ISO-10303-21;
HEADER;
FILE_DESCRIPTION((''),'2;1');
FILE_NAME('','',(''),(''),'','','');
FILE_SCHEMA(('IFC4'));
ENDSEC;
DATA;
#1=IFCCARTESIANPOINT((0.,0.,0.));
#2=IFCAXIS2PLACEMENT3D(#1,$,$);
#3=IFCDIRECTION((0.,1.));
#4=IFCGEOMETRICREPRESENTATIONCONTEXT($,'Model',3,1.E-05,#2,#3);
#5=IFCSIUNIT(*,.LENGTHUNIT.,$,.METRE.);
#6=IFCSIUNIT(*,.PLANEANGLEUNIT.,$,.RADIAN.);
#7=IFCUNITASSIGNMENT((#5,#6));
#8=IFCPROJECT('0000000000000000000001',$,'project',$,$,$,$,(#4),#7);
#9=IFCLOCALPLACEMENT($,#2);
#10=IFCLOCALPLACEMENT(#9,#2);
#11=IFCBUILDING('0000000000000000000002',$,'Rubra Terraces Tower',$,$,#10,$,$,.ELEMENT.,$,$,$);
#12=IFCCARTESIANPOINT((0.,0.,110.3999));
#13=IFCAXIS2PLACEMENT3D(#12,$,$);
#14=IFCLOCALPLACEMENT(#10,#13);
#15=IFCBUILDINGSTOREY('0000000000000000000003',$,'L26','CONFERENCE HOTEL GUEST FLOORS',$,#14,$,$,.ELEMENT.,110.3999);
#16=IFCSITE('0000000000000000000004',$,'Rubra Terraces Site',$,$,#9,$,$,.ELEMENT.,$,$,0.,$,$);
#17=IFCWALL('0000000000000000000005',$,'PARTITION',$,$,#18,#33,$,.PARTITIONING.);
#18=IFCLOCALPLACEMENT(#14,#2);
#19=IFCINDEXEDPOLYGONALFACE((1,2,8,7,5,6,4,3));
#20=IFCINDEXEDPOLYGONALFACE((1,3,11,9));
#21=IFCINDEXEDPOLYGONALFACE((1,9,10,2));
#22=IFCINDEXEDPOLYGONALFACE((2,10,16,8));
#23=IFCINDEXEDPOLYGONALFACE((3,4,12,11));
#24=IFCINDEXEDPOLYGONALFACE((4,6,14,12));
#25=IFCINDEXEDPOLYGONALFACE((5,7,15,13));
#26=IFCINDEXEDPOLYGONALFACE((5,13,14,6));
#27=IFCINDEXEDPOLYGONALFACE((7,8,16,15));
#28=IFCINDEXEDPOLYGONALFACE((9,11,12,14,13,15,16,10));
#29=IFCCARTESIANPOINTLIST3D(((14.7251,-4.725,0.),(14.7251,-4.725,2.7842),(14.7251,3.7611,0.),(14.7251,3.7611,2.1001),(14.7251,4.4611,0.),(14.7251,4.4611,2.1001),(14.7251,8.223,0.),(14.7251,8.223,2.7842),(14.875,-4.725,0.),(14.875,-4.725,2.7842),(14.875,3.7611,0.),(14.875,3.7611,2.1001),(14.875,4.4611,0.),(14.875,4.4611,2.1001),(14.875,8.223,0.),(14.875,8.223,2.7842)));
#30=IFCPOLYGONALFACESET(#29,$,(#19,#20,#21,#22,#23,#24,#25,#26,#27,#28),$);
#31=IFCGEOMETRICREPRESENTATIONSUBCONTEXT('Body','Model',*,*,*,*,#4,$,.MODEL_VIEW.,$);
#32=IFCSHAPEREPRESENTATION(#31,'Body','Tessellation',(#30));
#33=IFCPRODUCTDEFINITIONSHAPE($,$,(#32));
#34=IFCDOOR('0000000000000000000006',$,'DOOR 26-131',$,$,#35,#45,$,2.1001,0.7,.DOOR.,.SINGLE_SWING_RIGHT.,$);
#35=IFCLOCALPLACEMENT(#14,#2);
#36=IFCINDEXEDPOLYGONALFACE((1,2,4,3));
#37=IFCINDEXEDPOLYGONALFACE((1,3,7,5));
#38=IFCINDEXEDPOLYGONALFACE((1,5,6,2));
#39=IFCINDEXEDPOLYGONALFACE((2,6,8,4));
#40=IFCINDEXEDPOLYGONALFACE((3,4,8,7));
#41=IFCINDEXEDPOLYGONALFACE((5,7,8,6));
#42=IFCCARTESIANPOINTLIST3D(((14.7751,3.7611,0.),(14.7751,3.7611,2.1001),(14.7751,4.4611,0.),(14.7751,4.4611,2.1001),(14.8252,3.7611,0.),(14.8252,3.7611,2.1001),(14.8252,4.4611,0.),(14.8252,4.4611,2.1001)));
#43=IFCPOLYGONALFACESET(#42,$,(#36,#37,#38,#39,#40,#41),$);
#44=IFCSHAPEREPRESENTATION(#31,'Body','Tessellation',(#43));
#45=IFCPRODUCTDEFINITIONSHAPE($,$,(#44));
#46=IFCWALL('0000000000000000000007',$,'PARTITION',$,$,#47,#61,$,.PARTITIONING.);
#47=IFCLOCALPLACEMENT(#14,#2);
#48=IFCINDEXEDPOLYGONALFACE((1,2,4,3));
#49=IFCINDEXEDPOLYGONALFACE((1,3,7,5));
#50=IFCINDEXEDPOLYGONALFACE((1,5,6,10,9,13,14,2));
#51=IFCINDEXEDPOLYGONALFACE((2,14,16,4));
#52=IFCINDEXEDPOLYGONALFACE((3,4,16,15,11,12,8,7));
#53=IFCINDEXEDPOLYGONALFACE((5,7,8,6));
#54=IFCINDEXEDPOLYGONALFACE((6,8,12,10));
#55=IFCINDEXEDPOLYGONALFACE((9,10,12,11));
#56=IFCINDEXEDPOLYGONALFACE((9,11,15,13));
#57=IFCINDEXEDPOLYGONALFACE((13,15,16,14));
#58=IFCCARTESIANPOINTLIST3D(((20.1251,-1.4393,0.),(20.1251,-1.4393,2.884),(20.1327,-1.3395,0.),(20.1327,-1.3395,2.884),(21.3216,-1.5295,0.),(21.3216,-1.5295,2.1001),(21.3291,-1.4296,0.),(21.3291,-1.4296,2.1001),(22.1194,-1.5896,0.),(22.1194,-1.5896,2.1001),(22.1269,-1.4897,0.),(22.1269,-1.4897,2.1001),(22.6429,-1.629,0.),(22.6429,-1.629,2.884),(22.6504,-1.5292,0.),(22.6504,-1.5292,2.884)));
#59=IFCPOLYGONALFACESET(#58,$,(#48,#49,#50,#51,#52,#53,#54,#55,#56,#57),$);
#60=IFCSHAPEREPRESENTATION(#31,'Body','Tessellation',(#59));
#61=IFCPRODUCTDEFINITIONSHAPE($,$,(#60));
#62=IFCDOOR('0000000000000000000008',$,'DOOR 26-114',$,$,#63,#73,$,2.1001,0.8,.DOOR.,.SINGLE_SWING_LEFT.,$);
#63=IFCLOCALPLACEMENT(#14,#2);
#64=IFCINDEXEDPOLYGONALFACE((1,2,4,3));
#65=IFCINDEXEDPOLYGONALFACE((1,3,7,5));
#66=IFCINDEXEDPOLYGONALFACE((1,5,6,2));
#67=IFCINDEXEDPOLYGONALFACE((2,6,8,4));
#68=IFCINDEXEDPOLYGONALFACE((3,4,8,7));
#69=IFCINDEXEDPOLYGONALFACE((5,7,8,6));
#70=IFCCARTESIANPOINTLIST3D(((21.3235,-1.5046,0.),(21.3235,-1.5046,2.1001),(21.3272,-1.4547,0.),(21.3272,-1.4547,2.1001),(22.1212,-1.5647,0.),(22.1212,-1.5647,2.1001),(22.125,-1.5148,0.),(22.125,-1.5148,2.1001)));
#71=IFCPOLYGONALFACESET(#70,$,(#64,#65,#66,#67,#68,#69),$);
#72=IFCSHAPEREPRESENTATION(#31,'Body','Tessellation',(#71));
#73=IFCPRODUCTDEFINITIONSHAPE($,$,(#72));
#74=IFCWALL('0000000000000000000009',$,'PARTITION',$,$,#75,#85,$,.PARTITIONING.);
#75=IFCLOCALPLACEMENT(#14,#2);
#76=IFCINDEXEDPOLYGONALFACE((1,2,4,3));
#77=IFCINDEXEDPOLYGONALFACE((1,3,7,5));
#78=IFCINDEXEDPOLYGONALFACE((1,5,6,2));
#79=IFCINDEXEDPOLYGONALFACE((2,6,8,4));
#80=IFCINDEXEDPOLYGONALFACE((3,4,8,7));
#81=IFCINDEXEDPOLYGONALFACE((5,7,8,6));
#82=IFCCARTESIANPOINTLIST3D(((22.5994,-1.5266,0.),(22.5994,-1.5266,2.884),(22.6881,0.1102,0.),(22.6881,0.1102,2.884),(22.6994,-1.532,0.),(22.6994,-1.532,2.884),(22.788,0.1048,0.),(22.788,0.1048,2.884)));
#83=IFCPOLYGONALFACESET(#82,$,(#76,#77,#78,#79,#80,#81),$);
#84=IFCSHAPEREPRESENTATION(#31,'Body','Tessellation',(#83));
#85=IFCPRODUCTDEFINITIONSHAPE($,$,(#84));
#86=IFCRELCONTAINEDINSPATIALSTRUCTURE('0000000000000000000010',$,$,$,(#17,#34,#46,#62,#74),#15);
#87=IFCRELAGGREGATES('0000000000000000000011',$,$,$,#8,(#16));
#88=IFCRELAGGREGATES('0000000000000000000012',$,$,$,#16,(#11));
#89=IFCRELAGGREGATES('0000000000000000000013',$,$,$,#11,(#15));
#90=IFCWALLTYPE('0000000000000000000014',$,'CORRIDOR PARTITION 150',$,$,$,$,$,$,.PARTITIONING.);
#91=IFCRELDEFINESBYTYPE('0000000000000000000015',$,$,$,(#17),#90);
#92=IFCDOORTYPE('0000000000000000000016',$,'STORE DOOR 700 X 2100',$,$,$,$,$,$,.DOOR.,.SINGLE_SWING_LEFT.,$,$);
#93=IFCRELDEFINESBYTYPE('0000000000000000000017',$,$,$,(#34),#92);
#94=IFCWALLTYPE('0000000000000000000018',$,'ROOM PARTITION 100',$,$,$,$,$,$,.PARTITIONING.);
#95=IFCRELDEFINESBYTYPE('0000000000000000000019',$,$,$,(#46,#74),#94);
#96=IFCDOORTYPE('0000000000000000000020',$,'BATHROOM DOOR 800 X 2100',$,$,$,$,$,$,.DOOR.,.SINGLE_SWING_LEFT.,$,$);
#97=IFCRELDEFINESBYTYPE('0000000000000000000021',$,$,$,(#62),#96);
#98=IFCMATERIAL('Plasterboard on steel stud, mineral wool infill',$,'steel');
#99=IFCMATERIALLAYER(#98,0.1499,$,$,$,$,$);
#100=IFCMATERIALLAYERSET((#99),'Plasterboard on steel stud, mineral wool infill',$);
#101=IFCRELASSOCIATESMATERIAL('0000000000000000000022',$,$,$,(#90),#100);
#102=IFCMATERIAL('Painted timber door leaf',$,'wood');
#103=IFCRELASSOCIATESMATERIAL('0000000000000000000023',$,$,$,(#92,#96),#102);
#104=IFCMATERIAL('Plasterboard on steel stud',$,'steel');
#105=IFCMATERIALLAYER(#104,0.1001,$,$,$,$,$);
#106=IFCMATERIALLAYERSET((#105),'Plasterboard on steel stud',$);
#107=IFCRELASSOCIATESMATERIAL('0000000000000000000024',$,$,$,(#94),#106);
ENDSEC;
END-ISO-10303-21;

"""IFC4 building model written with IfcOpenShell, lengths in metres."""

from ifc_helpers import new_model, si_unit, direction, frame, frame_2d, origin, place, context, subcontext, project, spatial, rectangle, extrude, material, layer, layer_set, type_object, element, fill, save


model = new_model("IFC4")

# Units and contexts
model_context = context("Model", 3, precision=1e-05, world=origin(), true_north=direction((0.0, 1.0)))
body_context = subcontext(model_context, "Body", "Model", "MODEL_VIEW")
ifc_project = project(units=[si_unit("LENGTHUNIT", "METRE"), si_unit("PLANEANGLEUNIT", "RADIAN")], contexts=[model_context])

# Site, building, storey
site_placement = place(None, origin())
site = spatial("IfcSite", under=ifc_project, at=site_placement, Name="Rubra Terraces Site", CompositionType="ELEMENT", RefElevation=0.0)
building_placement = place(site_placement, origin())
building = spatial("IfcBuilding", under=site, at=building_placement, Name="Rubra Terraces Tower", CompositionType="ELEMENT")
storey_placement = place(building_placement, frame((0.0, 0.0, 110.3999)))
storey = spatial("IfcBuildingStorey", under=building, at=storey_placement, Name="L26", Description="CONFERENCE HOTEL GUEST FLOORS", CompositionType="ELEMENT", Elevation=110.3999)

# Shared definitions
ifc_material_1 = material(Name="Plasterboard on steel stud, mineral wool infill", Category="steel")
ifc_layer_1 = layer(ifc_material_1, 0.1499)
ifc_layer_set_1 = layer_set([ifc_layer_1], Name="Plasterboard on steel stud, mineral wool infill")
wall_type_1 = type_object("IfcWallType", Name="CORRIDOR PARTITION 150", PredefinedType="PARTITIONING", material=ifc_layer_set_1)
ifc_material_2 = material(Name="Painted timber door leaf", Category="wood")

# Walls, openings, doors
wall_1_placement = place(storey_placement, frame((14.8, -4.7251, 0.0), z_axis=(0.0, 0.0, 1.0), x_axis=(0.0, 1.0, 0.0)))
wall_1 = element("IfcWall", 1, at=wall_1_placement, inside=storey, type_object=wall_type_1, Name="PARTITION", PredefinedType="PARTITIONING", context=body_context, shape_type="SweptSolid", body=[
    extrude(rectangle(XDim=12.948, YDim=0.1499, at=frame_2d((6.4741, 0.0))), origin(), (0.0, 0.0, 1.0), 2.7842),
])
opening_1_placement = place(wall_1_placement, frame((8.4861, 0.0, 0.0)))
opening_1 = element("IfcOpeningElement", 2, at=opening_1_placement, cuts=wall_1, PredefinedType="OPENING", context=body_context, shape_type="SweptSolid", body=[
    extrude(rectangle(XDim=0.7, YDim=2.1001, at=frame_2d((0.3501, 1.05))), frame((0.0, 0.085, 0.0), z_axis=(0.0, -1.0, 0.0), x_axis=(1.0, 0.0, 0.0)), (0.0, 0.0, 1.0), 0.1699),
])
door_type_1 = type_object("IfcDoorType", Name="STORE DOOR 700 X 2100", OperationType="SINGLE_SWING_LEFT", PredefinedType="DOOR", material=ifc_material_2)
door_1_placement = place(opening_1_placement, origin())
door_1 = element("IfcDoor", 3, at=door_1_placement, inside=storey, type_object=door_type_1, Name="DOOR 26-131", OperationType="SINGLE_SWING_RIGHT", OverallHeight=2.1001, OverallWidth=0.7, PredefinedType="DOOR", context=body_context, shape_type="SweptSolid", body=[
    extrude(rectangle(XDim=0.7, YDim=2.1001, at=frame_2d((0.3501, 1.05))), frame((0.0, 0.0249, 0.0), z_axis=(0.0, -1.0, 0.0), x_axis=(1.0, 0.0, 0.0)), (0.0, 0.0, 1.0), 0.05),
])
fill(opening_1, door_1)
ifc_material_3 = material(Name="Plasterboard on steel stud", Category="steel")
ifc_layer_2 = layer(ifc_material_3, 0.1001)
ifc_layer_set_2 = layer_set([ifc_layer_2], Name="Plasterboard on steel stud")
wall_type_2 = type_object("IfcWallType", Name="ROOM PARTITION 100", PredefinedType="PARTITIONING", material=ifc_layer_set_2)
wall_2_placement = place(storey_placement, frame((20.1289, -1.3894, 0.0), z_axis=(0.0, 0.0, 1.0), x_axis=(0.997174, -0.075129, 0.0)))
wall_2 = element("IfcWall", 4, at=wall_2_placement, inside=storey, type_object=wall_type_2, Name="PARTITION", PredefinedType="PARTITIONING", context=body_context, shape_type="SweptSolid", body=[
    extrude(rectangle(XDim=2.5249, YDim=0.1001, at=frame_2d((1.2625, 0.0))), origin(), (0.0, 0.0, 1.0), 2.884),
])
opening_2_placement = place(wall_2_placement, frame((1.2, 0.0, 0.0)))
opening_2 = element("IfcOpeningElement", 5, at=opening_2_placement, cuts=wall_2, PredefinedType="OPENING", context=body_context, shape_type="SweptSolid", body=[
    extrude(rectangle(XDim=0.8, YDim=2.1001, at=frame_2d((0.3999, 1.05))), frame((0.0, 0.0601, 0.0), z_axis=(0.0, -1.0, 0.0), x_axis=(1.0, 0.0, 0.0)), (0.0, 0.0, 1.0), 0.1201),
])
door_type_2 = type_object("IfcDoorType", Name="BATHROOM DOOR 800 X 2100", OperationType="SINGLE_SWING_LEFT", PredefinedType="DOOR", material=ifc_material_2)
door_2_placement = place(opening_2_placement, origin())
door_2 = element("IfcDoor", 6, at=door_2_placement, inside=storey, type_object=door_type_2, Name="DOOR 26-114", OperationType="SINGLE_SWING_LEFT", OverallHeight=2.1001, OverallWidth=0.8, PredefinedType="DOOR", context=body_context, shape_type="SweptSolid", body=[
    extrude(rectangle(XDim=0.8, YDim=2.1001, at=frame_2d((0.3999, 1.05))), frame((0.0, 0.0249, 0.0), z_axis=(0.0, -1.0, 0.0), x_axis=(1.0, 0.0, 0.0)), (0.0, 0.0, 1.0), 0.05),
])
fill(opening_2, door_2)

# Wall
wall_3_placement = place(storey_placement, frame((22.6494, -1.5293, 0.0), z_axis=(0.0, 0.0, 1.0), x_axis=(0.054068, 0.998537, 0.0)))
element("IfcWall", 7, at=wall_3_placement, inside=storey, type_object=wall_type_2, Name="PARTITION", PredefinedType="PARTITIONING", context=body_context, shape_type="SweptSolid", body=[
    extrude(rectangle(XDim=1.6392, YDim=0.1001, at=frame_2d((0.8196, 0.0))), origin(), (0.0, 0.0, 1.0), 2.884),
])

save(model, "model.ifc")
